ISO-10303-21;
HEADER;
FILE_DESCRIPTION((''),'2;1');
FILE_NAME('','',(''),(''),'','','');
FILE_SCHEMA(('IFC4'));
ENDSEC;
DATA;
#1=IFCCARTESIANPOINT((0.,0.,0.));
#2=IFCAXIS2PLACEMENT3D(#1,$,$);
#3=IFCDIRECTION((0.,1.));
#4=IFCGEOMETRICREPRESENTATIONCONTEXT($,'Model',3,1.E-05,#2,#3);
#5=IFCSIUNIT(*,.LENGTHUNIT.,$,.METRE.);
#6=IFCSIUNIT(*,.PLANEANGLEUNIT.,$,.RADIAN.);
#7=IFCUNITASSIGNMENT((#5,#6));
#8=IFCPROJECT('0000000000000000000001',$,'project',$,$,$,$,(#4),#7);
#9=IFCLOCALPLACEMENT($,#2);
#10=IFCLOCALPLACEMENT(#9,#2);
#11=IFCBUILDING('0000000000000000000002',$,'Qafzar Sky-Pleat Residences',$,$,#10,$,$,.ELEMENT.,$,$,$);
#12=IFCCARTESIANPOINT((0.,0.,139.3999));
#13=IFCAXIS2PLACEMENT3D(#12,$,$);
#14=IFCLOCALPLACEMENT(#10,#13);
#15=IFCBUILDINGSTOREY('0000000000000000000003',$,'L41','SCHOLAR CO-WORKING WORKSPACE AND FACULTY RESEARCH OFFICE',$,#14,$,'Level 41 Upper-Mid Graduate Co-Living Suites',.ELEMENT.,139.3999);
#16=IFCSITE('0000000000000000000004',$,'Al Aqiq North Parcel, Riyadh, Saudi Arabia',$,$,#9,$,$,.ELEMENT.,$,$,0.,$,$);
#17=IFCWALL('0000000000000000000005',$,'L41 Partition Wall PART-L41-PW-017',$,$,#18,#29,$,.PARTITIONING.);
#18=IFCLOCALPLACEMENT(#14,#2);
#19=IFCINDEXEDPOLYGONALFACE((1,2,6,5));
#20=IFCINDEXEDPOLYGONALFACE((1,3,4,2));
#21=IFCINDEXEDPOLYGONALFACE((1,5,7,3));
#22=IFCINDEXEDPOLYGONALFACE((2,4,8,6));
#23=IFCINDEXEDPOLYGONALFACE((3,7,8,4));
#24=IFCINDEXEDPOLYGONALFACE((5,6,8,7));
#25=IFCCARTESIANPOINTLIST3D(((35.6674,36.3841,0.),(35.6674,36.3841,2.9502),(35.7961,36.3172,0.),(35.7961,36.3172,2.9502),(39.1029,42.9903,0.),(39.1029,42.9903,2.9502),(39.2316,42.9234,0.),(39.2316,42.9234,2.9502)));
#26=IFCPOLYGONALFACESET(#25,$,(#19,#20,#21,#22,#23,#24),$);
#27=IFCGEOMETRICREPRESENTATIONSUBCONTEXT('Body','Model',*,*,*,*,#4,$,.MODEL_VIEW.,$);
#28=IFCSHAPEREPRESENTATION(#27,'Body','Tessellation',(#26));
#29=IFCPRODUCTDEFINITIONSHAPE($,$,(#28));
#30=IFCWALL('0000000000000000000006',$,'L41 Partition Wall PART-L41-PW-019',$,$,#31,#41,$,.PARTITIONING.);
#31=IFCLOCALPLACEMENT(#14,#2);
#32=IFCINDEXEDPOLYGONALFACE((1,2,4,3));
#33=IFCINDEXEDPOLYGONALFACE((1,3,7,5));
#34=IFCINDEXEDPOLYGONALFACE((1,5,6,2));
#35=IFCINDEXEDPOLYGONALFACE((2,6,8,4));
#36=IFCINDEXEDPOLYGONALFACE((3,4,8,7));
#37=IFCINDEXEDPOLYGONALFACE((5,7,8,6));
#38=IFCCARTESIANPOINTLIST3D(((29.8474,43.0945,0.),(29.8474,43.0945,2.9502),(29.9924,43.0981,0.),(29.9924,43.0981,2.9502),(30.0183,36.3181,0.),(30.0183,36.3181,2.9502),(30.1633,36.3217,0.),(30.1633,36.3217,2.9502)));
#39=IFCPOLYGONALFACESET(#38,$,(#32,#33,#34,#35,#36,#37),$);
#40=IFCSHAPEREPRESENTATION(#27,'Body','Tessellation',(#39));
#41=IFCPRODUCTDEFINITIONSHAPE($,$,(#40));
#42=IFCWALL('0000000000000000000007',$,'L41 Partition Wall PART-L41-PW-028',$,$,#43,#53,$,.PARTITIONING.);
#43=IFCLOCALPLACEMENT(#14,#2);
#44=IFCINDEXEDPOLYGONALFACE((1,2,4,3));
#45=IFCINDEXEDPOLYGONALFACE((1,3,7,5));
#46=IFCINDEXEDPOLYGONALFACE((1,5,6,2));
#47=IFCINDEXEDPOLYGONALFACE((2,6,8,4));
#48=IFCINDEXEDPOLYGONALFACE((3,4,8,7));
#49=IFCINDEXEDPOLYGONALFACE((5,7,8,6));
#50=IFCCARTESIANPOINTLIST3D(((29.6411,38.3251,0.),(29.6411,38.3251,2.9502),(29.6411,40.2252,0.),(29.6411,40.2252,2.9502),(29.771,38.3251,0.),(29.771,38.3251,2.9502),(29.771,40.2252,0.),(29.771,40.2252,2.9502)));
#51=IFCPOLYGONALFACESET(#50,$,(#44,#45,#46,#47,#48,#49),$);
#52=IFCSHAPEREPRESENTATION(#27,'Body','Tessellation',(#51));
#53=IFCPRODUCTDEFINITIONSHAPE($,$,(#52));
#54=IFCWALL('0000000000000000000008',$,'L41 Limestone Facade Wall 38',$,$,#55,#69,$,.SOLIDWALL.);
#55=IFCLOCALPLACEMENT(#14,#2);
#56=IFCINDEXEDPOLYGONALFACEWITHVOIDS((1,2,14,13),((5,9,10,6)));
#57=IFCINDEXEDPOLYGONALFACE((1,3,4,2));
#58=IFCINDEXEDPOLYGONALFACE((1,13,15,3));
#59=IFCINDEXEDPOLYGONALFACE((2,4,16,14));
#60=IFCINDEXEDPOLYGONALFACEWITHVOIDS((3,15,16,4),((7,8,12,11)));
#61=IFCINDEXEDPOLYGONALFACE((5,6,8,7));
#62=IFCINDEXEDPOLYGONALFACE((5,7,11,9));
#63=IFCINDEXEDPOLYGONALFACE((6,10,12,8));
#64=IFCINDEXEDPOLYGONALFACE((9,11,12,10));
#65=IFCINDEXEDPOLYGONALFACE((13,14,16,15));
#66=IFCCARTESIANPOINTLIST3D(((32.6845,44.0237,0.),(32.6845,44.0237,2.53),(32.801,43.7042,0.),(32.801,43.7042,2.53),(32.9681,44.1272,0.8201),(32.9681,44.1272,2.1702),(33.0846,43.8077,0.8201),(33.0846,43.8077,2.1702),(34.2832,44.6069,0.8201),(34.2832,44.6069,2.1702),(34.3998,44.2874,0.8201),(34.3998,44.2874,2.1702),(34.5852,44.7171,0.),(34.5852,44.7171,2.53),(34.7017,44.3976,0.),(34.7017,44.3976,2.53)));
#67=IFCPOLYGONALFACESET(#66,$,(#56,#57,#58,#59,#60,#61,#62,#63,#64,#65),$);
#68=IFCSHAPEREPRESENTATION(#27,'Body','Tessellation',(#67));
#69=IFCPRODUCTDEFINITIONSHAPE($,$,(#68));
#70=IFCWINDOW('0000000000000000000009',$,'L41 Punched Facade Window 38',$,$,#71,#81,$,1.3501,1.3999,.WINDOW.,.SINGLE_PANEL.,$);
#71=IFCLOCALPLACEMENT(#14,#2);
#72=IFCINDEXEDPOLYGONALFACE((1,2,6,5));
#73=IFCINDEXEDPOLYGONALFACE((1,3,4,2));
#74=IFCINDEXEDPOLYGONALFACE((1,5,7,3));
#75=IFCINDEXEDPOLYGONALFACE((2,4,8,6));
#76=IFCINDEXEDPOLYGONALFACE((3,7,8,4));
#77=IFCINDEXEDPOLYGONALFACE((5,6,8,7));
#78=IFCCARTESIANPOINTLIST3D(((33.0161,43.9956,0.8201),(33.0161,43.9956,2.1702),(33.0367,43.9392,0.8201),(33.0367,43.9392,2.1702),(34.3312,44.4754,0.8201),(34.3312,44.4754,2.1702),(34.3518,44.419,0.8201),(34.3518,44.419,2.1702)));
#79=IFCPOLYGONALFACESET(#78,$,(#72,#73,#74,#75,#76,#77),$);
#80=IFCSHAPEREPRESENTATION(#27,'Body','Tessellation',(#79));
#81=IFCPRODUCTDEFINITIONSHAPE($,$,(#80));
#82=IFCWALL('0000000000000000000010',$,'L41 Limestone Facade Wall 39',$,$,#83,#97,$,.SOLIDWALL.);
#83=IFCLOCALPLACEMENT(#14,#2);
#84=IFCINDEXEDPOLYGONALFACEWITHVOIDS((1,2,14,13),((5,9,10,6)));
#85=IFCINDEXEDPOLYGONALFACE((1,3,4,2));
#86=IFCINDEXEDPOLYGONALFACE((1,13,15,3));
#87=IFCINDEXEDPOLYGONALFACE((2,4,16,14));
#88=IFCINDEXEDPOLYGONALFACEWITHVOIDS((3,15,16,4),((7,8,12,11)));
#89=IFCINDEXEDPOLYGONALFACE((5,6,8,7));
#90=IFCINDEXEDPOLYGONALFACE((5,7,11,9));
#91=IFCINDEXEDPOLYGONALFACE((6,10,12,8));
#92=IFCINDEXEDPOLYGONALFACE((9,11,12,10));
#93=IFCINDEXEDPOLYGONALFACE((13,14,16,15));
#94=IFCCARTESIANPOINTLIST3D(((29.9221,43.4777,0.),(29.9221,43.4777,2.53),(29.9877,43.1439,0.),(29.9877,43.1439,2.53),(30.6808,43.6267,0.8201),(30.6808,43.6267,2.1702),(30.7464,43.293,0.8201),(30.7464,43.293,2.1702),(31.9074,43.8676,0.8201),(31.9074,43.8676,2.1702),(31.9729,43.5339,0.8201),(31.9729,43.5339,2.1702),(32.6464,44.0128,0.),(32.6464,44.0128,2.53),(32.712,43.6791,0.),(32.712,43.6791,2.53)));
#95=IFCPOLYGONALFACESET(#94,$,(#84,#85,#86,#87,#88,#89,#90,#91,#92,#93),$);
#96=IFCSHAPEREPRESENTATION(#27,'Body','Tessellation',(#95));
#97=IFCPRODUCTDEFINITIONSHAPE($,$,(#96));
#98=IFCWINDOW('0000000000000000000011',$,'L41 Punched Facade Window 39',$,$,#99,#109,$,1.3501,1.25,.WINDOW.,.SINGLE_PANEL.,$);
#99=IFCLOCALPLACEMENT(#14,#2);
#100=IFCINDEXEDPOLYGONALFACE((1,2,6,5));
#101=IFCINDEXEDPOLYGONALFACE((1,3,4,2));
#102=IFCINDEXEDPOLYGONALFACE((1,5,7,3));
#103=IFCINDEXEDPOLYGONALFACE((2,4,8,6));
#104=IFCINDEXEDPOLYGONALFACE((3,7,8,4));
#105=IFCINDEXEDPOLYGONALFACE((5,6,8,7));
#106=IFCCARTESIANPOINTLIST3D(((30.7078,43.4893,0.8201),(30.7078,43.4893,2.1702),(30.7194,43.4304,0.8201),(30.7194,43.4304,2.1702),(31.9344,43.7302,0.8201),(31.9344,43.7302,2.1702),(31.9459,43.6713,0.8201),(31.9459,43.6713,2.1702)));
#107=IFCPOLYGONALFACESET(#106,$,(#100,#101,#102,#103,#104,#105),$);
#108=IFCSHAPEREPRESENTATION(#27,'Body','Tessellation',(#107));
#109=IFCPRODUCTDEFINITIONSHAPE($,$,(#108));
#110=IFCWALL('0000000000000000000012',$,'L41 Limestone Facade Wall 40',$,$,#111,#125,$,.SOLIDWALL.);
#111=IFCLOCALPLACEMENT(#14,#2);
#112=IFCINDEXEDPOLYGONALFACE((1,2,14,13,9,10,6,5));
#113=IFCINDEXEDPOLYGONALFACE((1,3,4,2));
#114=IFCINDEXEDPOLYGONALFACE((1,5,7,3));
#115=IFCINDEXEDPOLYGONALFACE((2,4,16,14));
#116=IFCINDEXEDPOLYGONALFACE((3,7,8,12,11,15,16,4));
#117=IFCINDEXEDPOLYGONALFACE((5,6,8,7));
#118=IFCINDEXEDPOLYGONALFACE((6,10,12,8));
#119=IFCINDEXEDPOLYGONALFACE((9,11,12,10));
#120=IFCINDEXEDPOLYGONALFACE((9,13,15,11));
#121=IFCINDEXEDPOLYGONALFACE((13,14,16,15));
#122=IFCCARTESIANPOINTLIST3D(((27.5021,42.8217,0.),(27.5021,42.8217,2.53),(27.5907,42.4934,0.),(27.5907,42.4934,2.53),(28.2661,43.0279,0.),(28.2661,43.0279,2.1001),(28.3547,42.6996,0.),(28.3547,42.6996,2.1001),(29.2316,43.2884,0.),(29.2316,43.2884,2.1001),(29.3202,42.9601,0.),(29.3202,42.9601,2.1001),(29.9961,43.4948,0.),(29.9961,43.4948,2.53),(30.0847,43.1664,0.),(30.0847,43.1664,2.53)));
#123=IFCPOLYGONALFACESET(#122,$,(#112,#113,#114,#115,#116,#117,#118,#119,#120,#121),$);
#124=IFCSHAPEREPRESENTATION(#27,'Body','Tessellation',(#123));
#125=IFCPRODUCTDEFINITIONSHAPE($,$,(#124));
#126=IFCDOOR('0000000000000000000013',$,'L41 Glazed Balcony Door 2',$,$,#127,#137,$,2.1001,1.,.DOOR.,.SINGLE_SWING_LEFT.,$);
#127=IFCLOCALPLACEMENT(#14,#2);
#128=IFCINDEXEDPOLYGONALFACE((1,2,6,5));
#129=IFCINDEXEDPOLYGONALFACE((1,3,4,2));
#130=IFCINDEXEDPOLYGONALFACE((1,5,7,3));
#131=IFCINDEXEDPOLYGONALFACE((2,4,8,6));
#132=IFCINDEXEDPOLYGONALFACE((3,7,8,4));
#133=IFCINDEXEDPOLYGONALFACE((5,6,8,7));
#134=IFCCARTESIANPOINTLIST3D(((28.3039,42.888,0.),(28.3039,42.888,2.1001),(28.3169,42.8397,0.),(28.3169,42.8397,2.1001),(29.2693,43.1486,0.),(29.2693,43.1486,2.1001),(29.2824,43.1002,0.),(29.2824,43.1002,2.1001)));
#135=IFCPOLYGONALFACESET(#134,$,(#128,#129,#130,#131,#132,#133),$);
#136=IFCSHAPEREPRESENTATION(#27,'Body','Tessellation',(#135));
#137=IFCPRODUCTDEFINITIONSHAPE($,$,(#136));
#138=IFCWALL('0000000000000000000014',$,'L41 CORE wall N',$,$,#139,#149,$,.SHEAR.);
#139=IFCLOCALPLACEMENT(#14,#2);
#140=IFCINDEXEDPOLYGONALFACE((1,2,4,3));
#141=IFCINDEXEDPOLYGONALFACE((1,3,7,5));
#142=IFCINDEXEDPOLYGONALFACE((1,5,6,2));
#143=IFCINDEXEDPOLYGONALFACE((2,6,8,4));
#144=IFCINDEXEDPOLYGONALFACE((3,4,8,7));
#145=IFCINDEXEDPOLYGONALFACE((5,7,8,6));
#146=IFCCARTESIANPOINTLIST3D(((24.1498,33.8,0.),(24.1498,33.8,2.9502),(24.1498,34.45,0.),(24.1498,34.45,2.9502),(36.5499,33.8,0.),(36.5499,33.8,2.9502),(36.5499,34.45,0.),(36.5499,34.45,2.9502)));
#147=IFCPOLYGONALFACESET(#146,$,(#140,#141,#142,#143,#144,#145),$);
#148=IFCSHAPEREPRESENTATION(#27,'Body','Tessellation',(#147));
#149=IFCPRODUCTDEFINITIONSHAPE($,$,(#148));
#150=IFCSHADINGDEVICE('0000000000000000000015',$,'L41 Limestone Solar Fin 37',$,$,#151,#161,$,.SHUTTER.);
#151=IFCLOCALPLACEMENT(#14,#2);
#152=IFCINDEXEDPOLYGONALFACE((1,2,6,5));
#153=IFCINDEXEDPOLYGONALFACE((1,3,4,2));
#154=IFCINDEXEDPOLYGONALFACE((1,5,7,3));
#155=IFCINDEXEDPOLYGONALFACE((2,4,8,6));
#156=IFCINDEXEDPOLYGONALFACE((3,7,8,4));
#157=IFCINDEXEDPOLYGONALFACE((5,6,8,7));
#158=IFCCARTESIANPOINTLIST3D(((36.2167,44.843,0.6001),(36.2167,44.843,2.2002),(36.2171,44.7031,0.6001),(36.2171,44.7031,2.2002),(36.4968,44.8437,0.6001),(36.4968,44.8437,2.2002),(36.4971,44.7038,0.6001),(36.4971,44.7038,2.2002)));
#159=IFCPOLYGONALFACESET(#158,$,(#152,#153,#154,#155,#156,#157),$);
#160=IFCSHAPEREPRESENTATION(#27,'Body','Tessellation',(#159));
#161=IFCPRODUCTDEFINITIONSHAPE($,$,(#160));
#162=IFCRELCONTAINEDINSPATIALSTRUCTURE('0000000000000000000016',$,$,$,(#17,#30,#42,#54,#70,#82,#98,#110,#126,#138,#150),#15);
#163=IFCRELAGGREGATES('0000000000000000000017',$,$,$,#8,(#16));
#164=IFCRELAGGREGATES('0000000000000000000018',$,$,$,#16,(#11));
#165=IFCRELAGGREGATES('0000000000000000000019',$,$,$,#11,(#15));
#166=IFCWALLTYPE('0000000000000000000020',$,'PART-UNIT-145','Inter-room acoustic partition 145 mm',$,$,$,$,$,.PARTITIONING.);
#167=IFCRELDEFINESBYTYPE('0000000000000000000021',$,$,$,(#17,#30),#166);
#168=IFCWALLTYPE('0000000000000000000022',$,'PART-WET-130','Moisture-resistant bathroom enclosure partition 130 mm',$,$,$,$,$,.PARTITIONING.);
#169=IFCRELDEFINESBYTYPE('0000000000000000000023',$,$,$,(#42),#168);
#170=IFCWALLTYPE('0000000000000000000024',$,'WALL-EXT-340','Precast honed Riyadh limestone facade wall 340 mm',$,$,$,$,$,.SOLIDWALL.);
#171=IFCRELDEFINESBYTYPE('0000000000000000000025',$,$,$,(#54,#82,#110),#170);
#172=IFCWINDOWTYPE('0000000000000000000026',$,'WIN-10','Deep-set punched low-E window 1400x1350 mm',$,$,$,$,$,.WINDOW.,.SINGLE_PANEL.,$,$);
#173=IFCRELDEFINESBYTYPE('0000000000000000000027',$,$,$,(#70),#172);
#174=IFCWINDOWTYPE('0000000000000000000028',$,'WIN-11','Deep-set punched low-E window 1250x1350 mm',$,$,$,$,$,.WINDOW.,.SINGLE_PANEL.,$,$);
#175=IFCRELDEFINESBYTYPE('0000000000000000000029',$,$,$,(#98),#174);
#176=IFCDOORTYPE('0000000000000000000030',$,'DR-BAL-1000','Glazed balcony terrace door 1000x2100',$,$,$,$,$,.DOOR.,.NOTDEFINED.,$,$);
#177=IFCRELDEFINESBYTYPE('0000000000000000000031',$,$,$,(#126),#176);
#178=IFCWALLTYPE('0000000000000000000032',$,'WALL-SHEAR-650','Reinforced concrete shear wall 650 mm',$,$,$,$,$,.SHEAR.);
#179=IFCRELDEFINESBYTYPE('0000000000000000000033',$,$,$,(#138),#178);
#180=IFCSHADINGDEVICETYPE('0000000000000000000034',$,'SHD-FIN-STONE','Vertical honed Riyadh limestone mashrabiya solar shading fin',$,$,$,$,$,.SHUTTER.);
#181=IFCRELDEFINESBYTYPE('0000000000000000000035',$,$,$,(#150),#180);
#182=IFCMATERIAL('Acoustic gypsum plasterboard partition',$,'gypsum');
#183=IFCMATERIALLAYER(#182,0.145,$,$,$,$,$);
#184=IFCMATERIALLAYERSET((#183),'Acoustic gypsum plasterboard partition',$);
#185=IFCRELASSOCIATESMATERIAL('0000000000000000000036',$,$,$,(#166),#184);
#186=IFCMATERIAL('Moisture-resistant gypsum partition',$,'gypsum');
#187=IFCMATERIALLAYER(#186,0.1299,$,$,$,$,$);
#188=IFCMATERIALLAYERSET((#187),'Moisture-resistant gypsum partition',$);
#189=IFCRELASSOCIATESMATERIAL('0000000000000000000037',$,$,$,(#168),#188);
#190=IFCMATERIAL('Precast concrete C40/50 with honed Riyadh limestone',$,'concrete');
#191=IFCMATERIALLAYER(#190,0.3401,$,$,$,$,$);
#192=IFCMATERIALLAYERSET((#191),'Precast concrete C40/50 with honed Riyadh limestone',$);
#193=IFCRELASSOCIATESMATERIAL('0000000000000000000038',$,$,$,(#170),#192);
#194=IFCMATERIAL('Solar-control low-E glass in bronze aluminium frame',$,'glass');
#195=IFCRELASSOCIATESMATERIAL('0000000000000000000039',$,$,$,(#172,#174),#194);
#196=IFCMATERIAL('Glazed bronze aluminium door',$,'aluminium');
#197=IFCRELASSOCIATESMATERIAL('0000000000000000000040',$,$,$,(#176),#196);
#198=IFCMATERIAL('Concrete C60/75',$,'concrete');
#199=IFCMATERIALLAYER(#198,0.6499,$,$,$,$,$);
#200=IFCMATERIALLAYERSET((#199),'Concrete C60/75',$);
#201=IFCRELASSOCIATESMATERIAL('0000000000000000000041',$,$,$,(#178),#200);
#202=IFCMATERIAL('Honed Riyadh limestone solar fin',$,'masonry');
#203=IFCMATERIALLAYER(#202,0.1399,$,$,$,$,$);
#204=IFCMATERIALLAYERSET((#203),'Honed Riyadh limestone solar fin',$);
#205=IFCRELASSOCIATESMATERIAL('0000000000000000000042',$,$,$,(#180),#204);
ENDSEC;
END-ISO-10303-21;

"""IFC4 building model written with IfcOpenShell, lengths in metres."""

from ifc_helpers import new_model, si_unit, direction, frame, frame_2d, origin, origin_2d, place, context, subcontext, project, spatial, rectangle, extrude, source, transform, mapped, material, layer, layer_set, type_object, element, fill, save


model = new_model("IFC4")

# Units and contexts
model_context = context("Model", 3, precision=1e-05, world=origin(), true_north=direction((0.0, 1.0)))
body_context = subcontext(model_context, "Body", "Model", "MODEL_VIEW")
ifc_project = project(units=[si_unit("LENGTHUNIT", "METRE"), si_unit("PLANEANGLEUNIT", "RADIAN")], contexts=[model_context])

# Site, building, storey
site_placement = place(None, origin())
site = spatial("IfcSite", under=ifc_project, at=site_placement, Name="Al Aqiq North Parcel, Riyadh, Saudi Arabia", CompositionType="ELEMENT", RefElevation=0.0)
building_placement = place(site_placement, origin())
building = spatial("IfcBuilding", under=site, at=building_placement, Name="Qafzar Sky-Pleat Residences", CompositionType="ELEMENT")
storey_placement = place(building_placement, frame((0.0, 0.0, 139.3999)))
storey = spatial("IfcBuildingStorey", under=building, at=storey_placement, Name="L41", Description="SCHOLAR CO-WORKING WORKSPACE AND FACULTY RESEARCH OFFICE", LongName="Level 41 Upper-Mid Graduate Co-Living Suites", CompositionType="ELEMENT", Elevation=139.3999)

# Shared definitions
ifc_material_1 = material(Name="Acoustic gypsum plasterboard partition", Category="gypsum")

# Walls
ifc_layer_1 = layer(ifc_material_1, 0.145)
ifc_layer_set_1 = layer_set([ifc_layer_1], Name="Acoustic gypsum plasterboard partition")
wall_type_1 = type_object("IfcWallType", Name="PART-UNIT-145", Description="Inter-room acoustic partition 145 mm", PredefinedType="PARTITIONING", material=ifc_layer_set_1)
wall_1_placement = place(storey_placement, frame((35.7317, 36.3506, 0.0), z_axis=(0.0, 0.0, 1.0), x_axis=(0.461387, 0.887199, 0.0)))
element("IfcWall", 1, at=wall_1_placement, inside=storey, type_object=wall_type_1, Name="L41 Partition Wall PART-L41-PW-017", PredefinedType="PARTITIONING", context=body_context, shape_type="SweptSolid", body=[
    extrude(rectangle(XDim=7.446, YDim=0.145, at=frame_2d((3.7231, 0.0))), origin(), (0.0, 0.0, 1.0), 2.9502),
])
wall_2_placement = place(storey_placement, frame((29.9199, 43.0962, 0.0), z_axis=(0.0, 0.0, 1.0), x_axis=(0.025212, -0.999682, 0.0)))
element("IfcWall", 2, at=wall_2_placement, inside=storey, type_object=wall_type_1, Name="L41 Partition Wall PART-L41-PW-019", PredefinedType="PARTITIONING", context=body_context, shape_type="SweptSolid", body=[
    extrude(rectangle(XDim=6.7786, YDim=0.145, at=frame_2d((3.3892, 0.0))), origin(), (0.0, 0.0, 1.0), 2.9502),
])
ifc_material_2 = material(Name="Moisture-resistant gypsum partition", Category="gypsum")
ifc_layer_2 = layer(ifc_material_2, 0.1299)
ifc_layer_set_2 = layer_set([ifc_layer_2], Name="Moisture-resistant gypsum partition")
wall_type_2 = type_object("IfcWallType", Name="PART-WET-130", Description="Moisture-resistant bathroom enclosure partition 130 mm", PredefinedType="PARTITIONING", material=ifc_layer_set_2)
wall_3_placement = place(storey_placement, frame((29.7061, 38.325, 0.0), z_axis=(0.0, 0.0, 1.0), x_axis=(0.0, 1.0, 0.0)))
element("IfcWall", 3, at=wall_3_placement, inside=storey, type_object=wall_type_2, Name="L41 Partition Wall PART-L41-PW-028", PredefinedType="PARTITIONING", context=body_context, shape_type="SweptSolid", body=[
    extrude(rectangle(XDim=1.9001, YDim=0.1299, at=frame_2d((0.9502, 0.0))), origin(), (0.0, 0.0, 1.0), 2.9502),
])

# Walls, openings, windows
ifc_material_3 = material(Name="Precast concrete C40/50 with honed Riyadh limestone", Category="concrete")
ifc_layer_3 = layer(ifc_material_3, 0.3401)
ifc_layer_set_3 = layer_set([ifc_layer_3], Name="Precast concrete C40/50 with honed Riyadh limestone")
wall_type_3 = type_object("IfcWallType", Name="WALL-EXT-340", Description="Precast honed Riyadh limestone facade wall 340 mm", PredefinedType="SOLIDWALL", material=ifc_layer_set_3)
wall_4_placement = place(storey_placement, frame((34.6436, 44.5574, 0.0), z_axis=(0.0, 0.0, 1.0), x_axis=(-0.939441, -0.342712, 0.0)))
wall_4 = element("IfcWall", 4, at=wall_4_placement, inside=storey, type_object=wall_type_3, Name="L41 Limestone Facade Wall 38", PredefinedType="SOLIDWALL", context=body_context, shape_type="SweptSolid", body=[
    extrude(rectangle(XDim=2.0232, YDim=0.3401, at=frame_2d((1.0117, 0.0))), origin(), (0.0, 0.0, 1.0), 2.53),
])
opening_1_placement = place(wall_4_placement, frame((0.3215, 0.0, 0.8201)))
opening_1 = element("IfcOpeningElement", 5, at=opening_1_placement, cuts=wall_4, PredefinedType="OPENING", context=body_context, shape_type="SweptSolid", body=[
    extrude(rectangle(XDim=1.3999, YDim=1.3501, at=frame_2d((0.7, 0.675))), frame((0.0, 0.1802, 0.0), z_axis=(0.0, -1.0, 0.0), x_axis=(1.0, 0.0, 0.0)), (0.0, 0.0, 1.0), 0.3601),
])
ifc_material_4 = material(Name="Solar-control low-E glass in bronze aluminium frame", Category="glass")
window_type_1 = type_object("IfcWindowType", Name="WIN-10", Description="Deep-set punched low-E window 1400x1350 mm", PartitioningType="SINGLE_PANEL", PredefinedType="WINDOW", material=ifc_material_4)
shared_shape_1 = source(origin(), body_context, "Body", "SweptSolid", [
    extrude(rectangle(XDim=1.3999, YDim=1.3501, at=frame_2d((0.7, 0.675))), frame((0.0, 0.03, 0.0), z_axis=(0.0, -1.0, 0.0), x_axis=(1.0, 0.0, 0.0)), (0.0, 0.0, 1.0), 0.0601),
])
window_1_placement = place(opening_1_placement, origin())
window_1 = element("IfcWindow", 6, at=window_1_placement, inside=storey, type_object=window_type_1, Name="L41 Punched Facade Window 38", OverallHeight=1.3501, OverallWidth=1.3999, PartitioningType="SINGLE_PANEL", PredefinedType="WINDOW", context=body_context, shape_type="MappedRepresentation", body=[
    mapped(shared_shape_1, transform((0.0, 0.0, 0.0), x_axis=(1.0, 0.0, 0.0), y_axis=(0.0, 1.0, 0.0), z_axis=(0.0, 0.0, 1.0), scale=1.0)),
])
fill(opening_1, window_1)
wall_5_placement = place(storey_placement, frame((32.6792, 43.8459, 0.0), z_axis=(0.0, 0.0, 1.0), x_axis=(-0.981248, -0.19275, 0.0)))
wall_5 = element("IfcWall", 7, at=wall_5_placement, inside=storey, type_object=wall_type_3, Name="L41 Limestone Facade Wall 39", PredefinedType="SOLIDWALL", context=body_context, shape_type="SweptSolid", body=[
    extrude(rectangle(XDim=2.7764, YDim=0.3401, at=frame_2d((1.3882, 0.0))), origin(), (0.0, 0.0, 1.0), 2.53),
])
opening_2_placement = place(wall_5_placement, frame((0.7532, 0.0, 0.8201)))
opening_2 = element("IfcOpeningElement", 8, at=opening_2_placement, cuts=wall_5, PredefinedType="OPENING", context=body_context, shape_type="SweptSolid", body=[
    extrude(rectangle(XDim=1.25, YDim=1.3501, at=frame_2d((0.625, 0.675))), frame((0.0, 0.1802, 0.0), z_axis=(0.0, -1.0, 0.0), x_axis=(1.0, 0.0, 0.0)), (0.0, 0.0, 1.0), 0.3601),
])
window_type_2 = type_object("IfcWindowType", Name="WIN-11", Description="Deep-set punched low-E window 1250x1350 mm", PartitioningType="SINGLE_PANEL", PredefinedType="WINDOW", material=ifc_material_4)
shared_shape_2 = source(origin(), body_context, "Body", "SweptSolid", [
    extrude(rectangle(XDim=1.25, YDim=1.3501, at=frame_2d((0.625, 0.675))), frame((0.0, 0.03, 0.0), z_axis=(0.0, -1.0, 0.0), x_axis=(1.0, 0.0, 0.0)), (0.0, 0.0, 1.0), 0.0601),
])
window_2_placement = place(opening_2_placement, origin())
window_2 = element("IfcWindow", 9, at=window_2_placement, inside=storey, type_object=window_type_2, Name="L41 Punched Facade Window 39", OverallHeight=1.3501, OverallWidth=1.25, PartitioningType="SINGLE_PANEL", PredefinedType="WINDOW", context=body_context, shape_type="MappedRepresentation", body=[
    mapped(shared_shape_2, transform((0.0, 0.0, 0.0), x_axis=(1.0, 0.0, 0.0), y_axis=(0.0, 1.0, 0.0), z_axis=(0.0, 0.0, 1.0), scale=1.0)),
])
fill(opening_2, window_2)

# Wall, opening, door
wall_6_placement = place(storey_placement, frame((30.0403, 43.3306, 0.0), z_axis=(0.0, 0.0, 1.0), x_axis=(-0.96546, -0.26055, 0.0)))
wall_6 = element("IfcWall", 10, at=wall_6_placement, inside=storey, type_object=wall_type_3, Name="L41 Limestone Facade Wall 40", PredefinedType="SOLIDWALL", context=body_context, shape_type="SweptSolid", body=[
    extrude(rectangle(XDim=2.5833, YDim=0.3401, at=frame_2d((1.2915, 0.0))), origin(), (0.0, 0.0, 1.0), 2.53),
])
opening_3_placement = place(wall_6_placement, frame((0.7917, 0.0, 0.0)))
opening_3 = element("IfcOpeningElement", 11, at=opening_3_placement, cuts=wall_6, PredefinedType="OPENING", context=body_context, shape_type="SweptSolid", body=[
    extrude(rectangle(XDim=1.0, YDim=2.1001, at=frame_2d((0.5, 1.05))), frame((0.0, 0.1802, 0.0), z_axis=(0.0, -1.0, 0.0), x_axis=(1.0, 0.0, 0.0)), (0.0, 0.0, 1.0), 0.3601),
])
ifc_material_5 = material(Name="Glazed bronze aluminium door", Category="aluminium")
door_type_1 = type_object("IfcDoorType", Name="DR-BAL-1000", Description="Glazed balcony terrace door 1000x2100", OperationType="NOTDEFINED", PredefinedType="DOOR", material=ifc_material_5)
shared_shape_3 = source(origin(), body_context, "Body", "SweptSolid", [
    extrude(rectangle(XDim=1.0, YDim=2.1001, at=frame_2d((0.5, 1.05))), frame((0.0, 0.0249, 0.0), z_axis=(0.0, -1.0, 0.0), x_axis=(1.0, 0.0, 0.0)), (0.0, 0.0, 1.0), 0.05),
])
door_1_placement = place(opening_3_placement, origin())
door_1 = element("IfcDoor", 12, at=door_1_placement, inside=storey, type_object=door_type_1, Name="L41 Glazed Balcony Door 2", OperationType="SINGLE_SWING_LEFT", OverallHeight=2.1001, OverallWidth=1.0, PredefinedType="DOOR", context=body_context, shape_type="MappedRepresentation", body=[
    mapped(shared_shape_3, transform((0.0, 0.0, 0.0), x_axis=(1.0, 0.0, 0.0), y_axis=(0.0, 1.0, 0.0), z_axis=(0.0, 0.0, 1.0), scale=1.0)),
])
fill(opening_3, door_1)

# Wall
ifc_material_6 = material(Name="Concrete C60/75", Category="concrete")
ifc_layer_4 = layer(ifc_material_6, 0.6499)
ifc_layer_set_4 = layer_set([ifc_layer_4], Name="Concrete C60/75")
wall_type_4 = type_object("IfcWallType", Name="WALL-SHEAR-650", Description="Reinforced concrete shear wall 650 mm", PredefinedType="SHEAR", material=ifc_layer_set_4)
wall_7_placement = place(storey_placement, frame((36.55, 34.125, 0.0), z_axis=(0.0, 0.0, 1.0), x_axis=(-1.0, 0.0, 0.0)))
element("IfcWall", 13, at=wall_7_placement, inside=storey, type_object=wall_type_4, Name="L41 CORE wall N", PredefinedType="SHEAR", context=body_context, shape_type="SweptSolid", body=[
    extrude(rectangle(XDim=12.4001, YDim=0.6499, at=frame_2d((6.2002, 0.0))), origin(), (0.0, 0.0, 1.0), 2.9502),
])

# Shading device
ifc_material_7 = material(Name="Honed Riyadh limestone solar fin", Category="masonry")
ifc_layer_5 = layer(ifc_material_7, 0.1399)
ifc_layer_set_5 = layer_set([ifc_layer_5], Name="Honed Riyadh limestone solar fin")
shading_device_type = type_object("IfcShadingDeviceType", Name="SHD-FIN-STONE", Description="Vertical honed Riyadh limestone mashrabiya solar shading fin", PredefinedType="SHUTTER", material=ifc_layer_set_5)
shared_shape_4 = source(origin(), body_context, "Body", "SweptSolid", [
    extrude(rectangle(XDim=0.1399, YDim=0.28, at=origin_2d()), origin(), (0.0, 0.0, 1.0), 1.6001),
])
shading_device_placement = place(storey_placement, frame((36.3569, 44.7734, 0.6001), z_axis=(0.0, 0.0, 1.0), x_axis=(-0.002444, 0.999997, 0.0)))
element("IfcShadingDevice", 14, at=shading_device_placement, inside=storey, type_object=shading_device_type, Name="L41 Limestone Solar Fin 37", PredefinedType="SHUTTER", context=body_context, shape_type="MappedRepresentation", body=[
    mapped(shared_shape_4, transform((0.0, 0.0, 0.0), x_axis=(1.0, 0.0, 0.0), y_axis=(0.0, 1.0, 0.0), z_axis=(0.0, 0.0, 1.0), scale=1.0)),
])

save(model, "model.ifc")
